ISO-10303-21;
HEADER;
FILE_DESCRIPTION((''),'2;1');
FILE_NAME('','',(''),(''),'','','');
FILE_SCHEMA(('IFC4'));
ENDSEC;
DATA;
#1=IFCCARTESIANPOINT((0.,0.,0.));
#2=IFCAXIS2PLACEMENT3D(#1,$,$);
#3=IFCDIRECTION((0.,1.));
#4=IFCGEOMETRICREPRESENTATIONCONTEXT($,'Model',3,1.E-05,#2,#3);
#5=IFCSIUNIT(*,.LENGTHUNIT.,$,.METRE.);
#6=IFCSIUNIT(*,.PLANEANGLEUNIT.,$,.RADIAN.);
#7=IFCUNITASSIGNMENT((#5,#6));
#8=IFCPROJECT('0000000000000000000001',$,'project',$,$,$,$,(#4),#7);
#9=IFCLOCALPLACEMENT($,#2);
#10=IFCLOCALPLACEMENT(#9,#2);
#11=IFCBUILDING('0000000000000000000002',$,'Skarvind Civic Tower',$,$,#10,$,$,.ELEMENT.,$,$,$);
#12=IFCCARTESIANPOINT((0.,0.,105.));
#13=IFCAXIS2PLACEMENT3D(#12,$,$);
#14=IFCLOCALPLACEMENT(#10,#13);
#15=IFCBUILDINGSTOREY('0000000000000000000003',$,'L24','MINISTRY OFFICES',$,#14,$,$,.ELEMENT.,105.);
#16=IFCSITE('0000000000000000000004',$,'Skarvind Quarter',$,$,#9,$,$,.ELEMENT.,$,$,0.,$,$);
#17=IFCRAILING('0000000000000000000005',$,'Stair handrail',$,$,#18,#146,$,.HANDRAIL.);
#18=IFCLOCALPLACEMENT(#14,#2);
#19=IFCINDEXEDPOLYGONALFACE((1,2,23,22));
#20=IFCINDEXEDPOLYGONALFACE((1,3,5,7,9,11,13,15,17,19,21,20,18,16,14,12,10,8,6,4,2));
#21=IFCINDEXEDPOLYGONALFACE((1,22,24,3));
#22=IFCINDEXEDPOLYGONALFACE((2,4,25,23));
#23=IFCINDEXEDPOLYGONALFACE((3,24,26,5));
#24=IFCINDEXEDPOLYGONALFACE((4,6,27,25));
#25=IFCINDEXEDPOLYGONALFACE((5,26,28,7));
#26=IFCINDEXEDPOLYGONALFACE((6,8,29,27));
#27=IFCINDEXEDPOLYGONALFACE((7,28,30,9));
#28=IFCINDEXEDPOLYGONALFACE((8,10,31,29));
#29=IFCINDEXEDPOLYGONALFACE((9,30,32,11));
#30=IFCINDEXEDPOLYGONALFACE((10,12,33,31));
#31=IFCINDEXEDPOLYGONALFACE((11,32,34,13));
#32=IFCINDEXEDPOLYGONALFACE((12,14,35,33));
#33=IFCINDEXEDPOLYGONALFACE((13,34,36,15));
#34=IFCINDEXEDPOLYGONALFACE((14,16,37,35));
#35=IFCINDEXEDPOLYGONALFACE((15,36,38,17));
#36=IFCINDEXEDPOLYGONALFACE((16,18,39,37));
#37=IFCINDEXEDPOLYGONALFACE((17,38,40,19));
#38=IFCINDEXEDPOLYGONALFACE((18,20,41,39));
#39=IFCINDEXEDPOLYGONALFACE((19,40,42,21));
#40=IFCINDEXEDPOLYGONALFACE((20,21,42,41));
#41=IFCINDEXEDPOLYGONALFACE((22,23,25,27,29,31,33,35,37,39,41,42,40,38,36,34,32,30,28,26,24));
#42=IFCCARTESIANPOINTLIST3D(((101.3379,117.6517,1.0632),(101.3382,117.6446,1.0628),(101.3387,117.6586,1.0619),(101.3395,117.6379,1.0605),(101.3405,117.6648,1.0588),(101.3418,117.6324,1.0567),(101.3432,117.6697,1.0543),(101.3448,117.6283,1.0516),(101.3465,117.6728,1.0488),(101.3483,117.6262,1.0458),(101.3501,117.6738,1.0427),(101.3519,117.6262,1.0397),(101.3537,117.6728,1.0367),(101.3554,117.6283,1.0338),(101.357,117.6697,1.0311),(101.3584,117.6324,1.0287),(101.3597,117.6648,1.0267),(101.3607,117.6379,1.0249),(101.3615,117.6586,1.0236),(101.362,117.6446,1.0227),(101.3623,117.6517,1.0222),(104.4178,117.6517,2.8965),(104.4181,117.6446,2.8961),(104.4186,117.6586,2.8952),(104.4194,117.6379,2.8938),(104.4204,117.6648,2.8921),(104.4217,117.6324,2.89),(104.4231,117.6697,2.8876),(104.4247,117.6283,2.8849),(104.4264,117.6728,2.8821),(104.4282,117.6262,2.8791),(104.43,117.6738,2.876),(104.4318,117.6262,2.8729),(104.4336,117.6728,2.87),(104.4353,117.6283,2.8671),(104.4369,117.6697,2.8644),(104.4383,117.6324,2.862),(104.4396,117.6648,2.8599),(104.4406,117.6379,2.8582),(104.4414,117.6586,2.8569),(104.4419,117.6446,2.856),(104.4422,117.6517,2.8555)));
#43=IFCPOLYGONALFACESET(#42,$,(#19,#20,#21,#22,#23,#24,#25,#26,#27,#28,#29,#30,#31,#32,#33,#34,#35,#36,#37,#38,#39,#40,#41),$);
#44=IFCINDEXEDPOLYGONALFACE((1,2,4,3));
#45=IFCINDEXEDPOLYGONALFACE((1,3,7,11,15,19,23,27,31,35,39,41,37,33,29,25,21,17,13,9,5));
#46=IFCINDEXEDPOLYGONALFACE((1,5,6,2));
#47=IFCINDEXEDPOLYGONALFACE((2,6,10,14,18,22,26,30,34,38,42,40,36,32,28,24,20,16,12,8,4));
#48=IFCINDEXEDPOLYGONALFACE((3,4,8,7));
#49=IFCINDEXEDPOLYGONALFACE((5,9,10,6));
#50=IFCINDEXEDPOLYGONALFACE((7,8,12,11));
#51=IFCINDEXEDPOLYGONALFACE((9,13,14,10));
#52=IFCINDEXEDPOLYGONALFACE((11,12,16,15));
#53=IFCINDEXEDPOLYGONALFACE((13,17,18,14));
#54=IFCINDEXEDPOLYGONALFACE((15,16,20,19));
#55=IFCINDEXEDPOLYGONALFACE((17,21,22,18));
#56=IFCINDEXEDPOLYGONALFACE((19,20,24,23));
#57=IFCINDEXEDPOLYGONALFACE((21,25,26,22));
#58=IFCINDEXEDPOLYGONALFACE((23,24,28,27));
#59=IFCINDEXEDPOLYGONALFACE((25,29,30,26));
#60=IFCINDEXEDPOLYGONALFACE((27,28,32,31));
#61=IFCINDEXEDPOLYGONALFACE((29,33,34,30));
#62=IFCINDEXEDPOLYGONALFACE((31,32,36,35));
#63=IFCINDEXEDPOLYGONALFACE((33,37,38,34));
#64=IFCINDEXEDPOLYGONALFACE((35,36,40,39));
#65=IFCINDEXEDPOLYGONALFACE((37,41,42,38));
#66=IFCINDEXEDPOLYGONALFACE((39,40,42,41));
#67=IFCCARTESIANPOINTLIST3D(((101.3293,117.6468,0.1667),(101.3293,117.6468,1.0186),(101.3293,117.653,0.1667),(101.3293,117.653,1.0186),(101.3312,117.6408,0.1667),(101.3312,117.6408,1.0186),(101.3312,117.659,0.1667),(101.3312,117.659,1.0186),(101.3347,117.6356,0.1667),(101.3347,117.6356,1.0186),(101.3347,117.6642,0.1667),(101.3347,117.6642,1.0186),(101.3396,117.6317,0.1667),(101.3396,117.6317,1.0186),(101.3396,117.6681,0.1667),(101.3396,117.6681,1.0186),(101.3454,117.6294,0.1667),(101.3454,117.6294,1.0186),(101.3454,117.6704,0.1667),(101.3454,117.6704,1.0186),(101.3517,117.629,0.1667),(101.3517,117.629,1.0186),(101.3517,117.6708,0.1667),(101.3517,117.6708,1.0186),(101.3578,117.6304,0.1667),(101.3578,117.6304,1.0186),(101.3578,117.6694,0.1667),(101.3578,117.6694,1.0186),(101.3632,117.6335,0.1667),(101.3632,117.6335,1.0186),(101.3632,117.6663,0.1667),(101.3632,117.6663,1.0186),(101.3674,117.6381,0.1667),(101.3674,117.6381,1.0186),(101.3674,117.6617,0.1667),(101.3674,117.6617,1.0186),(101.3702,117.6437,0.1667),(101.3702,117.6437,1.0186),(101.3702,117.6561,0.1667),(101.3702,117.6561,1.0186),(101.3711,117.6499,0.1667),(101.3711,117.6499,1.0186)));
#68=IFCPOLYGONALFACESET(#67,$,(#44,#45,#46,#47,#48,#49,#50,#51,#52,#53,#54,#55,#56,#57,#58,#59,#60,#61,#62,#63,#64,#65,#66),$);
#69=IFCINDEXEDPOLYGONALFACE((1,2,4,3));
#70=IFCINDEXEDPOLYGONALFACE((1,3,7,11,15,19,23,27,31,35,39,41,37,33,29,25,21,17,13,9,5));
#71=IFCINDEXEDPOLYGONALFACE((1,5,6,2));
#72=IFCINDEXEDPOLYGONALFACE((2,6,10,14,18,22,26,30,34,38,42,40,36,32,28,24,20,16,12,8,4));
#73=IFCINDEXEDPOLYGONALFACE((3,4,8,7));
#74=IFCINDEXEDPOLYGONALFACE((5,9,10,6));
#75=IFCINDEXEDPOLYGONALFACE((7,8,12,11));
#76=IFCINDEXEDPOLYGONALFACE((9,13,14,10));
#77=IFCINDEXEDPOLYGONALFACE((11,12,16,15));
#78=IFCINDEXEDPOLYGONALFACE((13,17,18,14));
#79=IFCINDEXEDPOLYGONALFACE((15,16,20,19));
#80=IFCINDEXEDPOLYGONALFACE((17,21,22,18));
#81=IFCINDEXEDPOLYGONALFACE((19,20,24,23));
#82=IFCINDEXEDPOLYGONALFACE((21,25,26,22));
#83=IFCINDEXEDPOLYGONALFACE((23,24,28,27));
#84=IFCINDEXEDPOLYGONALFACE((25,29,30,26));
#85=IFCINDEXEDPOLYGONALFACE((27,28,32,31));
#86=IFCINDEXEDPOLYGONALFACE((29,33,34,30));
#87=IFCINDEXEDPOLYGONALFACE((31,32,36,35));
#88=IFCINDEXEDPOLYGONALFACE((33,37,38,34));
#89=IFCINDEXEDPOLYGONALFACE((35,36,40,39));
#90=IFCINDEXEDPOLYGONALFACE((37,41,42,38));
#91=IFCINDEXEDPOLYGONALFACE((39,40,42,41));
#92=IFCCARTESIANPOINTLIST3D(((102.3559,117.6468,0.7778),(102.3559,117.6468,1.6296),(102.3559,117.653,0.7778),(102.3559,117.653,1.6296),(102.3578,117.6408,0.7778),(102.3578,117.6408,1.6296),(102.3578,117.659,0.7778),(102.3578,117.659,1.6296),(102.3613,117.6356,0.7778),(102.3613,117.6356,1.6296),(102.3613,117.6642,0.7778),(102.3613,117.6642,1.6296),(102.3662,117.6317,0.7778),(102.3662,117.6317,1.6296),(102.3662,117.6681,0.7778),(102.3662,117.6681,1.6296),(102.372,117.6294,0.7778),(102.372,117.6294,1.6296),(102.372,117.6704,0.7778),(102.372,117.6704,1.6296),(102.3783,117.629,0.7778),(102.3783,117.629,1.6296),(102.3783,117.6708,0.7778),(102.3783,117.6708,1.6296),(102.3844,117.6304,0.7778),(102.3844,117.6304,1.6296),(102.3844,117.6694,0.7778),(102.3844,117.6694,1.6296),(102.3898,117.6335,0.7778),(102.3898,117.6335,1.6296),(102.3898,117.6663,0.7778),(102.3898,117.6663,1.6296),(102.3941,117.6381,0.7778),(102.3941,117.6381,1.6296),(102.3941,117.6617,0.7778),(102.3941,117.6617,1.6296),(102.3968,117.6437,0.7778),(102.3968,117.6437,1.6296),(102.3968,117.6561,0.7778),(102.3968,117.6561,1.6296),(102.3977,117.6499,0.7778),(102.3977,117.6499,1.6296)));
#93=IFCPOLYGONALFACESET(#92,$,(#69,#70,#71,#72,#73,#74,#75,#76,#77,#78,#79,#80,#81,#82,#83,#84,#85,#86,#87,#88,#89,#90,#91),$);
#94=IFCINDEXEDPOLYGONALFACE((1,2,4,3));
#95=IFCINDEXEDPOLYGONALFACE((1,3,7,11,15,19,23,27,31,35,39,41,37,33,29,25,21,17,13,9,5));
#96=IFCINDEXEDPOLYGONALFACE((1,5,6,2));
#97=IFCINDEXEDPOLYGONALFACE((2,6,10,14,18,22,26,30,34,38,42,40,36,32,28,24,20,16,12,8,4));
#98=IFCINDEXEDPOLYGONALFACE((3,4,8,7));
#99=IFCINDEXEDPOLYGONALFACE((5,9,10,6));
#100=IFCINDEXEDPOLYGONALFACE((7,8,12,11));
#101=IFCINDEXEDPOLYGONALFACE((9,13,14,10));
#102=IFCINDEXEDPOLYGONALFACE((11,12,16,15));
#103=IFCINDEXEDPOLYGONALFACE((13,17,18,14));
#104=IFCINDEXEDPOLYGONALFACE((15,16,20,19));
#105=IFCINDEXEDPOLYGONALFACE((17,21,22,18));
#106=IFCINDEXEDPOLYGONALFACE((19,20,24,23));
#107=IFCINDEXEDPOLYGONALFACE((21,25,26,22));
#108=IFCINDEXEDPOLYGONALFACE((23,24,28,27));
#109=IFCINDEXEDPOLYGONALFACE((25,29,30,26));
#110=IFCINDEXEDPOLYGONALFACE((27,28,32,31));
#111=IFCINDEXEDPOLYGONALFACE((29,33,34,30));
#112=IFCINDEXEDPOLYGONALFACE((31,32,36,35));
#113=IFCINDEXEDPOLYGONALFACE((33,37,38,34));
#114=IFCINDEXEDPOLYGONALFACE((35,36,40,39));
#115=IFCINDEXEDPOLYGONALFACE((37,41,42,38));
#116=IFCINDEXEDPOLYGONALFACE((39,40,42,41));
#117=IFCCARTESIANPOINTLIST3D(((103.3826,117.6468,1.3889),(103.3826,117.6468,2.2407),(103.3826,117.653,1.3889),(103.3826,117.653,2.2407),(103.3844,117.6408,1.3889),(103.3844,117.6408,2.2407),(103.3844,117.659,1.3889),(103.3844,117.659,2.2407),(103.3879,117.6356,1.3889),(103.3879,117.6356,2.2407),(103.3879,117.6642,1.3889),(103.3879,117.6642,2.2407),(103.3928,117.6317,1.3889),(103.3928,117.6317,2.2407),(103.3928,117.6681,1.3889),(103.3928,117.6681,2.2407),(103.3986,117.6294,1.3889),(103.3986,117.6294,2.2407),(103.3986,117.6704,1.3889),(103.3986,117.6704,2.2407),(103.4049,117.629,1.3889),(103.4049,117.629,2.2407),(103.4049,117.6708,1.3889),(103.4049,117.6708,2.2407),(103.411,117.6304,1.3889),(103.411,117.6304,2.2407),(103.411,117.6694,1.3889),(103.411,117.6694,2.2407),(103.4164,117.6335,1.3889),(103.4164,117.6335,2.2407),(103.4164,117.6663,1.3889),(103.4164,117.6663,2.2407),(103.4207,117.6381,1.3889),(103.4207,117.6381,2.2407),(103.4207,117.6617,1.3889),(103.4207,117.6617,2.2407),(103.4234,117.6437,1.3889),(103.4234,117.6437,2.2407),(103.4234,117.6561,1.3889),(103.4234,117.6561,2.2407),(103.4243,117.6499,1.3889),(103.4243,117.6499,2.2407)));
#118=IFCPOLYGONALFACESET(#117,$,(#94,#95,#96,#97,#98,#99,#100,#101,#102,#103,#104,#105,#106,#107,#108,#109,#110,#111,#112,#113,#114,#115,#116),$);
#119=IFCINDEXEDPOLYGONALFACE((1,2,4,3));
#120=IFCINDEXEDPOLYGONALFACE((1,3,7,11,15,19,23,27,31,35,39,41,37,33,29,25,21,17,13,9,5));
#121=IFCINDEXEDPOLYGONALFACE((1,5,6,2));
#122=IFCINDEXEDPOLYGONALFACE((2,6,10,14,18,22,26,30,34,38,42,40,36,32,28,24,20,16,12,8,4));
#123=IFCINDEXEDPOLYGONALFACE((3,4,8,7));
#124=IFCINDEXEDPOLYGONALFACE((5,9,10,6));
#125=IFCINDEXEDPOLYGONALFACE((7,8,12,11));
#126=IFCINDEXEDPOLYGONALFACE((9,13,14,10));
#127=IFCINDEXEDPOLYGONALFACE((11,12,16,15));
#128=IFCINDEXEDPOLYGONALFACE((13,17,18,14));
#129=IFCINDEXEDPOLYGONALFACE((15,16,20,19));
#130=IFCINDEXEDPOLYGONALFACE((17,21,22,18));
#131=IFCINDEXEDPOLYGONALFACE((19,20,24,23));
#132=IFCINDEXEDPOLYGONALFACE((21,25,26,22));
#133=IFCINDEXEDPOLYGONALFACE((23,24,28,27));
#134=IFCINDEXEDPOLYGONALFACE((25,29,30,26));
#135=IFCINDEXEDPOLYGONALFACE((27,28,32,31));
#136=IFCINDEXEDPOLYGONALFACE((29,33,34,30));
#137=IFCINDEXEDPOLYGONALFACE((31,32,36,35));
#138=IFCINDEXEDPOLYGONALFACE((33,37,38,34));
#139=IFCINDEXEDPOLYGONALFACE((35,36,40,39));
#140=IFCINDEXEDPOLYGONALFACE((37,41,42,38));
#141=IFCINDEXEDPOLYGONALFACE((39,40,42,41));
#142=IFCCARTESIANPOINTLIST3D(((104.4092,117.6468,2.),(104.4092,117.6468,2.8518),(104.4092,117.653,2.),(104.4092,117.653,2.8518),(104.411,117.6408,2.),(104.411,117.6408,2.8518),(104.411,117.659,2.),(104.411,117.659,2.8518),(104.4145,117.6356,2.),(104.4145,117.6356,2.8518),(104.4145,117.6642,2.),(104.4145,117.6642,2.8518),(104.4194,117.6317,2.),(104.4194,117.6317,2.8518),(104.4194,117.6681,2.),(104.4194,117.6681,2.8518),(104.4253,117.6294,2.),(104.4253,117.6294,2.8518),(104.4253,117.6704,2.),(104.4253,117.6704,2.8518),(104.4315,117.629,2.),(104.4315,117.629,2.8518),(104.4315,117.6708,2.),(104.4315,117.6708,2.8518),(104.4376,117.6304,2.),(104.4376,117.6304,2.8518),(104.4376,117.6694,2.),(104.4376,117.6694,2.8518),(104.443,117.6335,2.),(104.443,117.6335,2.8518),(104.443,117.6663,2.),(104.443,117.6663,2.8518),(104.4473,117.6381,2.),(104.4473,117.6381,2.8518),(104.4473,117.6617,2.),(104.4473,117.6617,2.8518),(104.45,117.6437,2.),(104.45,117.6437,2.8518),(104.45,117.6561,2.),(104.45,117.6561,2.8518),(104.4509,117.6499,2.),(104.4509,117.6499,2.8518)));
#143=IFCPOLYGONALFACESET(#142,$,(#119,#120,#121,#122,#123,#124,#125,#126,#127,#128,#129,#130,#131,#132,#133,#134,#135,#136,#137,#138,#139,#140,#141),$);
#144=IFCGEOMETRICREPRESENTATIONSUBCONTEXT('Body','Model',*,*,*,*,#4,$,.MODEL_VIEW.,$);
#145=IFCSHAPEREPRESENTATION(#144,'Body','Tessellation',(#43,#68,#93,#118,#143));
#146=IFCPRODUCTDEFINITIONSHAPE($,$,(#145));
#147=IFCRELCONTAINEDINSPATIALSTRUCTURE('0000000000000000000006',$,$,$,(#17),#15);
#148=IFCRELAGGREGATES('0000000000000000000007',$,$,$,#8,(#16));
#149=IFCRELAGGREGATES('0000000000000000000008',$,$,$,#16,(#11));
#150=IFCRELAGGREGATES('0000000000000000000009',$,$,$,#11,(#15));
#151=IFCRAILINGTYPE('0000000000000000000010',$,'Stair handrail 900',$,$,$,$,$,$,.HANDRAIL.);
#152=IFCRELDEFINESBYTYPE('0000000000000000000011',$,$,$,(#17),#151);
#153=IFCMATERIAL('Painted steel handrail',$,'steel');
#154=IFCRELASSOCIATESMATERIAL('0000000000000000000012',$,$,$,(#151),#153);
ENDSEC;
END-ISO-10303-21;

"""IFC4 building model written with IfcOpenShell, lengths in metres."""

from ifc_helpers import new_model, si_unit, direction, frame, origin, origin_2d, place, context, subcontext, project, spatial, circle, extrude, material, type_object, element, save


model = new_model("IFC4")

# Units and contexts
model_context = context("Model", 3, precision=1e-05, world=origin(), true_north=direction((0.0, 1.0)))
body_context = subcontext(model_context, "Body", "Model", "MODEL_VIEW")
ifc_project = project(units=[si_unit("LENGTHUNIT", "METRE"), si_unit("PLANEANGLEUNIT", "RADIAN")], contexts=[model_context])

# Site, building, storey
site_placement = place(None, origin())
site = spatial("IfcSite", under=ifc_project, at=site_placement, Name="Skarvind Quarter", CompositionType="ELEMENT", RefElevation=0.0)
building_placement = place(site_placement, origin())
building = spatial("IfcBuilding", under=site, at=building_placement, Name="Skarvind Civic Tower", CompositionType="ELEMENT")
storey_placement = place(building_placement, frame((0.0, 0.0, 105.0)))
storey = spatial("IfcBuildingStorey", under=building, at=storey_placement, Name="L24", Description="MINISTRY OFFICES", CompositionType="ELEMENT", Elevation=105.0)

# Railing
ifc_material_1 = material(Name="Painted steel handrail", Category="steel")
railing_type = type_object("IfcRailingType", Name="Stair handrail 900", PredefinedType="HANDRAIL", material=ifc_material_1)
for number, where, name in (
    (1, (101.3501, 117.6499, 0.1667), "Stair handrail"),
):
    element("IfcRailing", number, at=place(storey_placement, frame(where)), inside=storey, type_object=railing_type, Name=name, PredefinedType="HANDRAIL", context=body_context, shape_type="SweptSolid", body=[
        extrude(circle(Radius=0.0239, at=origin_2d()), frame((0.0, 0.0, 0.876), z_axis=(0.859291, 0.0, 0.511487), x_axis=(0.0, 1.0, 0.0)), (0.0, 0.0, 1.0), 3.5842),
        extrude(circle(Radius=0.021, at=origin_2d()), origin(), (0.0, 0.0, 1.0), 0.8518),
        extrude(circle(Radius=0.021, at=origin_2d()), frame((1.0266, 0.0, 0.6111)), (0.0, 0.0, 1.0), 0.8518),
        extrude(circle(Radius=0.021, at=origin_2d()), frame((2.0532, 0.0, 1.2222)), (0.0, 0.0, 1.0), 0.8518),
        extrude(circle(Radius=0.021, at=origin_2d()), frame((3.0798, 0.0, 1.8333)), (0.0, 0.0, 1.0), 0.8518),
    ])

save(model, "model.ifc")
